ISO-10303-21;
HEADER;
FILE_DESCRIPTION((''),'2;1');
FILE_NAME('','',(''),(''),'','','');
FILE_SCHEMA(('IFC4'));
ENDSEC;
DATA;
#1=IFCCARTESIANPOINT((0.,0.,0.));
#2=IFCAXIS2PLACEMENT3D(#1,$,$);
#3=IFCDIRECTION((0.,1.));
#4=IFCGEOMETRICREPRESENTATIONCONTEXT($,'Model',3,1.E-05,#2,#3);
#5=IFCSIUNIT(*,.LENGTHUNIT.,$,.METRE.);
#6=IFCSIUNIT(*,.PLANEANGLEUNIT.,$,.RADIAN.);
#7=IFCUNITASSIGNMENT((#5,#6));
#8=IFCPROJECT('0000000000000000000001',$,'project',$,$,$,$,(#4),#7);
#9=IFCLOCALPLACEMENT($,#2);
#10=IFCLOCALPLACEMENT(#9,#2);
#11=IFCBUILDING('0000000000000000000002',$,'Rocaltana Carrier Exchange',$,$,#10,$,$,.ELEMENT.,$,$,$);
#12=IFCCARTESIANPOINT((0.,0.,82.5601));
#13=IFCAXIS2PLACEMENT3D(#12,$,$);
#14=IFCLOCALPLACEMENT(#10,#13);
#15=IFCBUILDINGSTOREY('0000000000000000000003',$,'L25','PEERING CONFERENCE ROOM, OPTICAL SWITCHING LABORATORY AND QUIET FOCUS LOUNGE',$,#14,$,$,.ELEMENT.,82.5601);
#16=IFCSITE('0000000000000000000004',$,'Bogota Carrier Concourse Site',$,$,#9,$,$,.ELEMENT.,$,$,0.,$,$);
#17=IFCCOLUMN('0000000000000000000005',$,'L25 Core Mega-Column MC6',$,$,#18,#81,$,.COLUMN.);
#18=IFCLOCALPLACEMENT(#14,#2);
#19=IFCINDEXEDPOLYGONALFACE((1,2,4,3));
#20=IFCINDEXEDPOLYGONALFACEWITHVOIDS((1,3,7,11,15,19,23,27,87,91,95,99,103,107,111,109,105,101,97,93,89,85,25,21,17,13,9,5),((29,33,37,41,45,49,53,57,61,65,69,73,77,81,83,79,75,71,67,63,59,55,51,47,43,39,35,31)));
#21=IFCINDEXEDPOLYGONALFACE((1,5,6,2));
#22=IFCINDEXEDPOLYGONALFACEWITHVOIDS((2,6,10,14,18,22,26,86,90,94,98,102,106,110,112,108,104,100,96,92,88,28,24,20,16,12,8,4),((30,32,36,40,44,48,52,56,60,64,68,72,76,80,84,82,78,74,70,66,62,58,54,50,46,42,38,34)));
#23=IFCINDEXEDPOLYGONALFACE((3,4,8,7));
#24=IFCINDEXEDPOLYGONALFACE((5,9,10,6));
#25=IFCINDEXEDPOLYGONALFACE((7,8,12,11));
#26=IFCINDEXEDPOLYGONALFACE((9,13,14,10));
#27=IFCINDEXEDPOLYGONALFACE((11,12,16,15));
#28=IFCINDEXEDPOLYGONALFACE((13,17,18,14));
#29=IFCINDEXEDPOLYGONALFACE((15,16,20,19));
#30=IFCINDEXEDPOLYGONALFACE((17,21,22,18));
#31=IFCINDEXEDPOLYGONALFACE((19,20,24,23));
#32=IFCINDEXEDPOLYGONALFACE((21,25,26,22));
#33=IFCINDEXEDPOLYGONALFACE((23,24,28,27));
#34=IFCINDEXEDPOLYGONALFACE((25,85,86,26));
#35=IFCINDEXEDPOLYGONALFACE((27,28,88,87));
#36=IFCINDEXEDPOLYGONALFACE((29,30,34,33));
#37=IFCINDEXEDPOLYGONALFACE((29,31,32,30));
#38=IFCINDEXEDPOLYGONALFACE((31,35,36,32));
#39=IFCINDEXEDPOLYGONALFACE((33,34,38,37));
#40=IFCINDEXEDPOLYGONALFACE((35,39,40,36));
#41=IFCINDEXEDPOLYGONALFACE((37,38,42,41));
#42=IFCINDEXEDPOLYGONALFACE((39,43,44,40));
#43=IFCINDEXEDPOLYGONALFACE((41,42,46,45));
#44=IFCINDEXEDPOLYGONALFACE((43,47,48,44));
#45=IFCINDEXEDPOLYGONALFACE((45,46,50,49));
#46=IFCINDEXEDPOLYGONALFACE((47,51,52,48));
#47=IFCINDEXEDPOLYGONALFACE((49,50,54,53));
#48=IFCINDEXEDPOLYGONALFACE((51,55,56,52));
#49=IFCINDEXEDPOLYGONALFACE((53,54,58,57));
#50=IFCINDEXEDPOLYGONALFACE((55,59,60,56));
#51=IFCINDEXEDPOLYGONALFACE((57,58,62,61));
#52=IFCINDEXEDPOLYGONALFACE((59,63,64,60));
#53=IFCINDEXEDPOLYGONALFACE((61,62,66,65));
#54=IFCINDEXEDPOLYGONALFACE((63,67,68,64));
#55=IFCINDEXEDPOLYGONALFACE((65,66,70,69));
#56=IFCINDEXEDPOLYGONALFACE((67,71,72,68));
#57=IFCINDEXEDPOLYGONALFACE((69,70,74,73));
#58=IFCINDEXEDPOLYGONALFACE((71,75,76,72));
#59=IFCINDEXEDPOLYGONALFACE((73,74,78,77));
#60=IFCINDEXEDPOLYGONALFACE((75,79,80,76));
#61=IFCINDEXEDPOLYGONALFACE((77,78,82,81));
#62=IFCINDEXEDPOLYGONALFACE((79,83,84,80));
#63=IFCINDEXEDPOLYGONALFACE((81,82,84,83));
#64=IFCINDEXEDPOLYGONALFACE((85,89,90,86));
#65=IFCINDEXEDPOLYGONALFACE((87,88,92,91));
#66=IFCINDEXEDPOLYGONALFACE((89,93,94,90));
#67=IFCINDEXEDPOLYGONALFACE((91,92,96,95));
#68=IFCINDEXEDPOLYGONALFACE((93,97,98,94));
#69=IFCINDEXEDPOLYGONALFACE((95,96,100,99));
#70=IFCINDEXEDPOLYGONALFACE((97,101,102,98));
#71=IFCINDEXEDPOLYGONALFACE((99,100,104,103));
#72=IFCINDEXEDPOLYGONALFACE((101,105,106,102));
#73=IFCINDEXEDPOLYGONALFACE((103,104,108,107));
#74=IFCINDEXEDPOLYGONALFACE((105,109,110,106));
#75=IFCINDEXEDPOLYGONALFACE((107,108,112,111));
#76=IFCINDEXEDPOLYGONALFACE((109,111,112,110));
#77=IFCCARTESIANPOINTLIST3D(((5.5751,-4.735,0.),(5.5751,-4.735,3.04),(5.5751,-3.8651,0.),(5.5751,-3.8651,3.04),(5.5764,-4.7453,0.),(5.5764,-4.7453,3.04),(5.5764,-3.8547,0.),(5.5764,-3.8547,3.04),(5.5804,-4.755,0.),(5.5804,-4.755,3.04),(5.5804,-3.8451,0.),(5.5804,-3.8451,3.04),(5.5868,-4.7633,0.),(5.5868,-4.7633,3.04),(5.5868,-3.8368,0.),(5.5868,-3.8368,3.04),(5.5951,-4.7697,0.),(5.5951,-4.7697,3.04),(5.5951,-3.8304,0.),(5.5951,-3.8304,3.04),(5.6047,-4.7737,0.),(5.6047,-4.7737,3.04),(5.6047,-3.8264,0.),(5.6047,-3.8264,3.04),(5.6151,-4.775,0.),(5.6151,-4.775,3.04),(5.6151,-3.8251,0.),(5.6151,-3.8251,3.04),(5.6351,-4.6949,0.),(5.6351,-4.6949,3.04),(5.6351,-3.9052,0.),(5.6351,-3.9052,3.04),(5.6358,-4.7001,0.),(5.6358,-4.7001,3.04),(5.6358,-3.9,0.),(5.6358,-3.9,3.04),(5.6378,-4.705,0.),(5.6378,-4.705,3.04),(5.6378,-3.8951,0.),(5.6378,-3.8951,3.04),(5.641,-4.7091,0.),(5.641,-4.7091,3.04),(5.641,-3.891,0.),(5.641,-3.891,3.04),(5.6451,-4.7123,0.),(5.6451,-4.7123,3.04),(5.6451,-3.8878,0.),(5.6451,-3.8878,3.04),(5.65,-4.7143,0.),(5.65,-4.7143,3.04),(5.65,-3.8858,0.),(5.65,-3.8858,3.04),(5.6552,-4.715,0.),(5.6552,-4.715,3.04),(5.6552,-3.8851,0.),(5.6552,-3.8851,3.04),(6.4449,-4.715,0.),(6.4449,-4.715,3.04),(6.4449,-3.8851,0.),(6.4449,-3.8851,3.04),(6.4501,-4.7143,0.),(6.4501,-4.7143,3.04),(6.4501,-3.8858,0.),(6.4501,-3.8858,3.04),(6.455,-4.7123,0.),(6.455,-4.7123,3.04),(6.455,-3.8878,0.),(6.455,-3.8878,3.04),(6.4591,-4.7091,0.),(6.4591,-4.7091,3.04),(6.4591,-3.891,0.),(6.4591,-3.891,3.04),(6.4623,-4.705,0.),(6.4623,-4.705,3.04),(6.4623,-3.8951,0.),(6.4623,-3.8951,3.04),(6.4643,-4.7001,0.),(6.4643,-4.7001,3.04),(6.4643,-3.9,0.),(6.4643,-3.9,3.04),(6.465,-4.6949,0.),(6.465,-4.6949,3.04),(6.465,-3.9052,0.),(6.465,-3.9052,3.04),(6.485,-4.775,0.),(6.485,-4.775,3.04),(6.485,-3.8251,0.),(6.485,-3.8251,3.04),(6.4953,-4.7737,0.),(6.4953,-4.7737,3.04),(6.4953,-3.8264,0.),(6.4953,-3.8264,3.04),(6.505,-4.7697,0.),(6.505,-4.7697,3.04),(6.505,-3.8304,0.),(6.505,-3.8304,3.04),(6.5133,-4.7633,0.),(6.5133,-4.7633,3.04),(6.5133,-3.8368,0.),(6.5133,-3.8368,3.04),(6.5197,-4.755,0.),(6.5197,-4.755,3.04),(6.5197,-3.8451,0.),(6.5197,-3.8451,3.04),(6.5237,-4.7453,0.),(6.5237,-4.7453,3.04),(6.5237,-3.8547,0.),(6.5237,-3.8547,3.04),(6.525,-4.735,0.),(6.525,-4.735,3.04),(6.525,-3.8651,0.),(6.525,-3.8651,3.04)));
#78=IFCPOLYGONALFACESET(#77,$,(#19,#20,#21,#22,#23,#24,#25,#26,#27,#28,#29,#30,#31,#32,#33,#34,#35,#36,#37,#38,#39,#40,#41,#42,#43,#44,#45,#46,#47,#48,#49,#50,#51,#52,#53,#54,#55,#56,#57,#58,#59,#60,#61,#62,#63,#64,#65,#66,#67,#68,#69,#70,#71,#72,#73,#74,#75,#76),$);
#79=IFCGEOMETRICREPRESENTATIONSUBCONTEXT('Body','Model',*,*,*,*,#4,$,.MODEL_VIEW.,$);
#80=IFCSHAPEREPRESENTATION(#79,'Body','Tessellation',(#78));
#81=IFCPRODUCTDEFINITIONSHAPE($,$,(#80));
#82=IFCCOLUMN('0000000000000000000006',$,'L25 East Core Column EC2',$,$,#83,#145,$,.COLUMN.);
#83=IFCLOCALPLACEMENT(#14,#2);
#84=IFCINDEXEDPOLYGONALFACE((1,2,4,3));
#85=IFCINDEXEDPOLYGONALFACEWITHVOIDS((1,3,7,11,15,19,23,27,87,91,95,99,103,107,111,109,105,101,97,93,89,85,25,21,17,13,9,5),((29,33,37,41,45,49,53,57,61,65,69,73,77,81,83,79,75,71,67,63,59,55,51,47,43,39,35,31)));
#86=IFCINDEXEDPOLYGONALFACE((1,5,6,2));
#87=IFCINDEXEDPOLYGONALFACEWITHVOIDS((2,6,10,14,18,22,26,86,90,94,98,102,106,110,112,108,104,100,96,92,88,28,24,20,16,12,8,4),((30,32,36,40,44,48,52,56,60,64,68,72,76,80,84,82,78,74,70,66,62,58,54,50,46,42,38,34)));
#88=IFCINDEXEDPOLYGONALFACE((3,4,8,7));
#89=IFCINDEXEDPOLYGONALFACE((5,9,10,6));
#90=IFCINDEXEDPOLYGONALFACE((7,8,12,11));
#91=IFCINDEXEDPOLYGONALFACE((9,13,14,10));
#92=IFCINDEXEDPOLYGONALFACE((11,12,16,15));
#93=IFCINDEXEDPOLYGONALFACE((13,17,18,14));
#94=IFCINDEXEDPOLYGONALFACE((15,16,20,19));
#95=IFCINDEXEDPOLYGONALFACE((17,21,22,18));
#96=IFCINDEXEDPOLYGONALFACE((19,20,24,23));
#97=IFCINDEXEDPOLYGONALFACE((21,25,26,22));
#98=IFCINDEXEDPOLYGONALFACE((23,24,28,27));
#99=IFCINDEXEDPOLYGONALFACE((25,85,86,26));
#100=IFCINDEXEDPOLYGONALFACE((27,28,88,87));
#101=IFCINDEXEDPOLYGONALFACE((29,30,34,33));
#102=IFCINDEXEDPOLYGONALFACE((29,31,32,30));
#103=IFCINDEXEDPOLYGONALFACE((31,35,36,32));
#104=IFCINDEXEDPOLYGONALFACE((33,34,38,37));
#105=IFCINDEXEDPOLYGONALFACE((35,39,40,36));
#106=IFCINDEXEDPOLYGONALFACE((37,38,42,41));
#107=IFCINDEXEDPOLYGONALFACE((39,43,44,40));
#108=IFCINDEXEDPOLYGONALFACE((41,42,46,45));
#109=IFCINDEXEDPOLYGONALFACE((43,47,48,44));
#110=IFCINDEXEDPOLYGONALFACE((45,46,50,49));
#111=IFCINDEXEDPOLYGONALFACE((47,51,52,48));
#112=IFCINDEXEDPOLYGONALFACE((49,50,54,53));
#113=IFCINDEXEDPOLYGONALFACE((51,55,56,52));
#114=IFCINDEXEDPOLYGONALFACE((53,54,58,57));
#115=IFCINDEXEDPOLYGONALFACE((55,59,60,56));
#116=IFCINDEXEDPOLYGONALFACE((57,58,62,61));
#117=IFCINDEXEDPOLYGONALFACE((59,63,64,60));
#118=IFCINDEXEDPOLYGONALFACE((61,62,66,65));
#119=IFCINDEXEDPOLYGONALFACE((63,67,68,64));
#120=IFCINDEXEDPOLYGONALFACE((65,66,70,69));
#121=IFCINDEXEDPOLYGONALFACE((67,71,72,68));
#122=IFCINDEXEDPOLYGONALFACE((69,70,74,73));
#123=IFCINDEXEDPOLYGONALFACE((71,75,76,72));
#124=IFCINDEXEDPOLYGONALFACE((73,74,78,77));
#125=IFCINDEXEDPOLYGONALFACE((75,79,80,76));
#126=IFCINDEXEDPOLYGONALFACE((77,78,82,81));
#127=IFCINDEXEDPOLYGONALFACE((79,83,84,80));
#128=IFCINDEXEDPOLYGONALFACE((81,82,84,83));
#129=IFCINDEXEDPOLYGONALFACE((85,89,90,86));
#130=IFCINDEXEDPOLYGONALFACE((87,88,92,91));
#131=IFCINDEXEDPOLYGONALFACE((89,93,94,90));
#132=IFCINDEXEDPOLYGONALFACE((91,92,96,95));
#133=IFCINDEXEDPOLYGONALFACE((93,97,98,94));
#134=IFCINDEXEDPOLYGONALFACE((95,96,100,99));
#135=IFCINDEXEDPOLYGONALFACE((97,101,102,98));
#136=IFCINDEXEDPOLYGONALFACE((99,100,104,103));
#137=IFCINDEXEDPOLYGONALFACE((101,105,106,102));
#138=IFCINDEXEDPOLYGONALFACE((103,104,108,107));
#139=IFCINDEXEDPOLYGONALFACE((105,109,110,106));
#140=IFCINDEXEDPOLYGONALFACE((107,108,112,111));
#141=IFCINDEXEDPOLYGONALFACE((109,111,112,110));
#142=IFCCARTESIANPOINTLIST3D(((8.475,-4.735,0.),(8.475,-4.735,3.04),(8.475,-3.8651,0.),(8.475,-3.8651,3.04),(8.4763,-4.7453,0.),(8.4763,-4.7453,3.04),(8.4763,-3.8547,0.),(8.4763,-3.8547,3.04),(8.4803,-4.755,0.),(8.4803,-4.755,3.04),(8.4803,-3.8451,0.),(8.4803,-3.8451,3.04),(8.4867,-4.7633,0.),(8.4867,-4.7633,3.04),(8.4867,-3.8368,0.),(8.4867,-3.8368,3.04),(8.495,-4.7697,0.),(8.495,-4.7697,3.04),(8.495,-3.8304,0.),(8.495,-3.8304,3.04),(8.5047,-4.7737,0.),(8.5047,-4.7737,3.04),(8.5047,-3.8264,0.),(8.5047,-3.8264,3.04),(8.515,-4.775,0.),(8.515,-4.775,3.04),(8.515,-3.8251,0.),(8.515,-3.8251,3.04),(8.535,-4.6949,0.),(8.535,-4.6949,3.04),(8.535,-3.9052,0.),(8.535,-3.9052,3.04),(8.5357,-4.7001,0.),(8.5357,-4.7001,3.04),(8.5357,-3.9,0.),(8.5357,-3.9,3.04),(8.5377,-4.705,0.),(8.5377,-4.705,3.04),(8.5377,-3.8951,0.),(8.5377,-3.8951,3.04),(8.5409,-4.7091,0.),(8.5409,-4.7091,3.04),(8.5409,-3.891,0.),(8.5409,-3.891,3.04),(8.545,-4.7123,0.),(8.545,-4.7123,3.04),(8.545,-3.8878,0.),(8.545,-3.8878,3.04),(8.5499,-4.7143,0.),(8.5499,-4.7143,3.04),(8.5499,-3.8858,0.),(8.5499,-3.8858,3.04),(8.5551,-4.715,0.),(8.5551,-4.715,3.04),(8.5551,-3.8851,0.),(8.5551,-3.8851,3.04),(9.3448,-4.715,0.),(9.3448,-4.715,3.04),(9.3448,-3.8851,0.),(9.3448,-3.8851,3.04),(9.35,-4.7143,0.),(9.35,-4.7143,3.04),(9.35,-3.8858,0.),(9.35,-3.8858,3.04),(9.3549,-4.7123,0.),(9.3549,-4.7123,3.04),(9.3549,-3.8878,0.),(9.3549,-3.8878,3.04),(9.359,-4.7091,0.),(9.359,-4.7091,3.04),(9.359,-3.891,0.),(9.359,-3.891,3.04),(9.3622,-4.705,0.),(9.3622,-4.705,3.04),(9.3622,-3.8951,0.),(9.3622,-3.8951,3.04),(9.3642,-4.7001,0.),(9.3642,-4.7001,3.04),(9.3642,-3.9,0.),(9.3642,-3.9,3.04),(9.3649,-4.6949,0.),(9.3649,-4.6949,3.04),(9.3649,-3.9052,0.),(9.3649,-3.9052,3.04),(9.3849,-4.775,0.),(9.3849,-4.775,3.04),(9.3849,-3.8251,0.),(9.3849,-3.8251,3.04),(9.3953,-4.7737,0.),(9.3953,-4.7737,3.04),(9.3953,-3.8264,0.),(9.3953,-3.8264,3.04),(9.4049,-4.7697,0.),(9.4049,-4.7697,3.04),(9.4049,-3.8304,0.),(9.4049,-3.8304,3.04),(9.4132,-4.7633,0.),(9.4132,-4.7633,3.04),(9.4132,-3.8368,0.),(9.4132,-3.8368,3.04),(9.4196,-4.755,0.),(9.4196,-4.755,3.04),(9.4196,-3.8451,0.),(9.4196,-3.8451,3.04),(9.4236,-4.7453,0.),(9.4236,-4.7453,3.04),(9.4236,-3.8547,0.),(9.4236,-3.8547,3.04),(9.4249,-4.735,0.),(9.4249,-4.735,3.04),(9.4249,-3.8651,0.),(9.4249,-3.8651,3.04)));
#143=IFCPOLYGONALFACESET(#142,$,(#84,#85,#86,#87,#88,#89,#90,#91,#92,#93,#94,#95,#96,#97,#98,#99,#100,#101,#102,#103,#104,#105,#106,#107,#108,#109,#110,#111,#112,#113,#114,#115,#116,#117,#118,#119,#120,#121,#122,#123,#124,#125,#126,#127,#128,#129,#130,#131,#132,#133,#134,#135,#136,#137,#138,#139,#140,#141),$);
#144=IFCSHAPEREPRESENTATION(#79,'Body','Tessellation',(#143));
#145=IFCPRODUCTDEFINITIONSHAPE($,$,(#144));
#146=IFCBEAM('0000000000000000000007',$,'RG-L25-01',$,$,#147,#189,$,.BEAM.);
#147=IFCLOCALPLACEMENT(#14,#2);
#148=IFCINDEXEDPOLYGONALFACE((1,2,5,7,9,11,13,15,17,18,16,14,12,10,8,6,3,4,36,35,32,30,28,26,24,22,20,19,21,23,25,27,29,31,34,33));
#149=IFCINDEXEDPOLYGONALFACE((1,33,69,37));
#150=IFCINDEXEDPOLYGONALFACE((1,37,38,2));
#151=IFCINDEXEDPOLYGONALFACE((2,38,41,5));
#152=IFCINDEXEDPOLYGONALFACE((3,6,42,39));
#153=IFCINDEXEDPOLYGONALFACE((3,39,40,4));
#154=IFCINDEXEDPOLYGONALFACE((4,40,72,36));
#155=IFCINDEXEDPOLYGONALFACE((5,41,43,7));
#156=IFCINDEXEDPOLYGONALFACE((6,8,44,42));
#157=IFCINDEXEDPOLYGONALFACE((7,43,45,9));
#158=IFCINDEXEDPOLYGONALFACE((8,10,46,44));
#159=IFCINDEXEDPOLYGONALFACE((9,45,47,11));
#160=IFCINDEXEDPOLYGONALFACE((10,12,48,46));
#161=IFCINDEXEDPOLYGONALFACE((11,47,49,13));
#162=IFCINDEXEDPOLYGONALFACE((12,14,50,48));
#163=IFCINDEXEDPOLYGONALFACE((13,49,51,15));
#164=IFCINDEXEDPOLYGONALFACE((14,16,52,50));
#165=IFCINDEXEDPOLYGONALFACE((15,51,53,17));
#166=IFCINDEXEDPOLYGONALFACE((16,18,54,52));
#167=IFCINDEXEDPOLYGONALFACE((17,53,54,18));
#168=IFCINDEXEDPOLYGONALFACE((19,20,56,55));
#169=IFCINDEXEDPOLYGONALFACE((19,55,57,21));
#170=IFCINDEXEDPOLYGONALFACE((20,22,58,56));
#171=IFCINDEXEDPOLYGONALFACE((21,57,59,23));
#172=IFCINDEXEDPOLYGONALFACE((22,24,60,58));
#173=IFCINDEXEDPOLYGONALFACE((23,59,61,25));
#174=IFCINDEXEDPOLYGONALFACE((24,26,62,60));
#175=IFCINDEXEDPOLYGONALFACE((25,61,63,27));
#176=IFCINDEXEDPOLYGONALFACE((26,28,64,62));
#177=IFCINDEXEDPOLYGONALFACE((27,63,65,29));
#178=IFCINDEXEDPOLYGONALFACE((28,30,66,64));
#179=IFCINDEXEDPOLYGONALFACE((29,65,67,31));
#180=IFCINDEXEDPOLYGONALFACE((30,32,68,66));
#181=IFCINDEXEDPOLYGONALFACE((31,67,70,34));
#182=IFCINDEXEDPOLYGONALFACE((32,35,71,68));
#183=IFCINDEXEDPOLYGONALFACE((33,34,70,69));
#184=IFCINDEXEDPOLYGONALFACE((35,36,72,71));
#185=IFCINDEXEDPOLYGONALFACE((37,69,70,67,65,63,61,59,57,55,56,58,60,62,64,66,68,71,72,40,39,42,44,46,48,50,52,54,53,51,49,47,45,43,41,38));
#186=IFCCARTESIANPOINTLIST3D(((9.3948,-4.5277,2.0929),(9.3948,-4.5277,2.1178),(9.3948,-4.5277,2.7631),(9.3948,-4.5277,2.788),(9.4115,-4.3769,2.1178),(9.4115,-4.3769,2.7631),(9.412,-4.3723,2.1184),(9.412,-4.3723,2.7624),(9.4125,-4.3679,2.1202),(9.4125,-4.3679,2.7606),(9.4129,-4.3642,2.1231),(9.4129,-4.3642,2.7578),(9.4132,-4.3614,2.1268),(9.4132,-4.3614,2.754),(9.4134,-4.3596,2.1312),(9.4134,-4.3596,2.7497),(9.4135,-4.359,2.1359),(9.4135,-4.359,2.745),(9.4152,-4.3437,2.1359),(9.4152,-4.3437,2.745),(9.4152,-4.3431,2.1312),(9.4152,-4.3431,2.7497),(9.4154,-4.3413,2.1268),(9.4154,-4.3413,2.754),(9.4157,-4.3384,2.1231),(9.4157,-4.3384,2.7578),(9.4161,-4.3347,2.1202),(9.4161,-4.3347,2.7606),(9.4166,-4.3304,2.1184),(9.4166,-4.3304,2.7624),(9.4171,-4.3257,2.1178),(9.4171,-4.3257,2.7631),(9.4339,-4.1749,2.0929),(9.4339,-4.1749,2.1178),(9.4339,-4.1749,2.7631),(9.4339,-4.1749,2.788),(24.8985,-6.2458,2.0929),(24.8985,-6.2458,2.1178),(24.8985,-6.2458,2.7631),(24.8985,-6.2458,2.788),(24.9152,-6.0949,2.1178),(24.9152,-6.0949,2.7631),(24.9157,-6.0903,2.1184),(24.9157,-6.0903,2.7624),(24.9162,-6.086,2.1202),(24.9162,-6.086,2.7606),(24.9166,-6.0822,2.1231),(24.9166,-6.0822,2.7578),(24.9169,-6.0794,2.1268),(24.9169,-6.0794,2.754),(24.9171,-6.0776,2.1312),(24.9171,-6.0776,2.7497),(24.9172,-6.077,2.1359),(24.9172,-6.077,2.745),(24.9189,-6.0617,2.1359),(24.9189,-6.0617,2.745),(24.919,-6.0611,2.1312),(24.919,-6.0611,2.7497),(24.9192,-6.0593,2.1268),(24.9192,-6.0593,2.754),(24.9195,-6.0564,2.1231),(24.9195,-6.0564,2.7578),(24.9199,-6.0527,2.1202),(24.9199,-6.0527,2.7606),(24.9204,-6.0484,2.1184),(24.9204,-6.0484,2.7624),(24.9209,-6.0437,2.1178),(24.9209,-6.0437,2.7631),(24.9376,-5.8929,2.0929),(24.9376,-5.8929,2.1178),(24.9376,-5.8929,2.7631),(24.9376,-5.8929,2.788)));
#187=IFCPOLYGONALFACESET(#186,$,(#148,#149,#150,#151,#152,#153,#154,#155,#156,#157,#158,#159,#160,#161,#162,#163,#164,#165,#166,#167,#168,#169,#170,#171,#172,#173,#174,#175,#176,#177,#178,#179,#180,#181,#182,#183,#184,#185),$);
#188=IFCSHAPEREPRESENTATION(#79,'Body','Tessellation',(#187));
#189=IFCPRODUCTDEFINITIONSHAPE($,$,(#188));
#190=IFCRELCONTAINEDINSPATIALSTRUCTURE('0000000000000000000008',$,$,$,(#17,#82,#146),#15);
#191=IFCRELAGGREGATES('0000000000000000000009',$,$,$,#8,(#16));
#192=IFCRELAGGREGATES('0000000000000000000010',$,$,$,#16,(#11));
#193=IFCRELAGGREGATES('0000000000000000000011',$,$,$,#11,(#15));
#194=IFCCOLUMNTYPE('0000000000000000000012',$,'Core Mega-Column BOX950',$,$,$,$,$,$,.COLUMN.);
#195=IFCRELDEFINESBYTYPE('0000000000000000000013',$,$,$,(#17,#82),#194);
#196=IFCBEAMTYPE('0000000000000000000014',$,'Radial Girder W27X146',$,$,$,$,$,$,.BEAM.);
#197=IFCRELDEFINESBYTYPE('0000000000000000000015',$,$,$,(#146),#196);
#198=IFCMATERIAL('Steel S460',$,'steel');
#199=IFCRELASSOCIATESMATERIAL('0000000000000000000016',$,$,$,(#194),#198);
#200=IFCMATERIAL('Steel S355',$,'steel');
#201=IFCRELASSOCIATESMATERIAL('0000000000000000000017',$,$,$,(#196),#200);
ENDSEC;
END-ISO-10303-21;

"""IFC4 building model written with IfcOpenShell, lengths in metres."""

from ifc_helpers import new_model, si_unit, direction, frame, origin, origin_2d, place, context, subcontext, project, spatial, hollow_rectangle, i_section, extrude, material, material_profile, profile_set, type_object, element, save


model = new_model("IFC4")

# Units and contexts
model_context = context("Model", 3, precision=1e-05, world=origin(), true_north=direction((0.0, 1.0)))
body_context = subcontext(model_context, "Body", "Model", "MODEL_VIEW")
ifc_project = project(units=[si_unit("LENGTHUNIT", "METRE"), si_unit("PLANEANGLEUNIT", "RADIAN")], contexts=[model_context])

# Site, building, storey
site_placement = place(None, origin())
site = spatial("IfcSite", under=ifc_project, at=site_placement, Name="Bogota Carrier Concourse Site", CompositionType="ELEMENT", RefElevation=0.0)
building_placement = place(site_placement, origin())
building = spatial("IfcBuilding", under=site, at=building_placement, Name="Rocaltana Carrier Exchange", CompositionType="ELEMENT")
storey_placement = place(building_placement, frame((0.0, 0.0, 82.5601)))
storey = spatial("IfcBuildingStorey", under=building, at=storey_placement, Name="L25", Description="PEERING CONFERENCE ROOM, OPTICAL SWITCHING LABORATORY AND QUIET FOCUS LOUNGE", CompositionType="ELEMENT", Elevation=82.5601)

# Columns
ifc_material_1 = material(Name="Steel S460", Category="steel")
ifc_material_profile_1 = material_profile(ifc_material_1, hollow_rectangle(XDim=0.95, YDim=0.95, WallThickness=0.0601, InnerFilletRadius=0.02, OuterFilletRadius=0.04, at=origin_2d()), Name="BOX950X950X60")
ifc_profile_set_1 = profile_set([ifc_material_profile_1], Name="Steel S460")
column_type = type_object("IfcColumnType", Name="Core Mega-Column BOX950", PredefinedType="COLUMN", material=ifc_profile_set_1)
for number, where, z_axis, x_axis, name in (
    (1, (6.05, -4.3, 0.0), (0.0, 0.0, 1.0), (1.0, 0.0, 0.0), "L25 Core Mega-Column MC6"),
    (2, (8.95, -4.3, 0.0), (0.0, 0.0, 1.0), (1.0, 0.0, 0.0), "L25 East Core Column EC2"),
):
    element("IfcColumn", number, at=place(storey_placement, frame(where, z_axis=z_axis, x_axis=x_axis)), inside=storey, type_object=column_type, Name=name, PredefinedType="COLUMN", context=body_context, shape_type="SweptSolid", body=[
        extrude(hollow_rectangle(XDim=0.95, YDim=0.95, WallThickness=0.0601, InnerFilletRadius=0.02, OuterFilletRadius=0.04, at=origin_2d()), origin(), (0.0, 0.0, 1.0), 3.04),
    ])

# Beam
ifc_material_2 = material(Name="Steel S355", Category="steel")
ifc_material_profile_2 = material_profile(ifc_material_2, i_section(OverallWidth=0.355, OverallDepth=0.6951, WebThickness=0.0154, FlangeThickness=0.0249, FilletRadius=0.0181, at=origin_2d()), Name="W27X146")
ifc_profile_set_2 = profile_set([ifc_material_profile_2], Name="Steel S355")
beam_type = type_object("IfcBeamType", Name="Radial Girder W27X146", PredefinedType="BEAM", material=ifc_profile_set_2)
beam_placement = place(storey_placement, frame((9.4143, -4.3513, 2.4404), z_axis=(0.993916, -0.110139, 0.0), x_axis=(0.110139, 0.993916, 0.0)))
element("IfcBeam", 3, at=beam_placement, inside=storey, type_object=beam_type, Name="RG-L25-01", PredefinedType="BEAM", context=body_context, shape_type="SweptSolid", body=[
    extrude(i_section(OverallWidth=0.355, OverallDepth=0.6951, WebThickness=0.0154, FlangeThickness=0.0249, FilletRadius=0.0181, at=origin_2d()), origin(), (0.0, 0.0, 1.0), 15.5986),
])

save(model, "model.ifc")
